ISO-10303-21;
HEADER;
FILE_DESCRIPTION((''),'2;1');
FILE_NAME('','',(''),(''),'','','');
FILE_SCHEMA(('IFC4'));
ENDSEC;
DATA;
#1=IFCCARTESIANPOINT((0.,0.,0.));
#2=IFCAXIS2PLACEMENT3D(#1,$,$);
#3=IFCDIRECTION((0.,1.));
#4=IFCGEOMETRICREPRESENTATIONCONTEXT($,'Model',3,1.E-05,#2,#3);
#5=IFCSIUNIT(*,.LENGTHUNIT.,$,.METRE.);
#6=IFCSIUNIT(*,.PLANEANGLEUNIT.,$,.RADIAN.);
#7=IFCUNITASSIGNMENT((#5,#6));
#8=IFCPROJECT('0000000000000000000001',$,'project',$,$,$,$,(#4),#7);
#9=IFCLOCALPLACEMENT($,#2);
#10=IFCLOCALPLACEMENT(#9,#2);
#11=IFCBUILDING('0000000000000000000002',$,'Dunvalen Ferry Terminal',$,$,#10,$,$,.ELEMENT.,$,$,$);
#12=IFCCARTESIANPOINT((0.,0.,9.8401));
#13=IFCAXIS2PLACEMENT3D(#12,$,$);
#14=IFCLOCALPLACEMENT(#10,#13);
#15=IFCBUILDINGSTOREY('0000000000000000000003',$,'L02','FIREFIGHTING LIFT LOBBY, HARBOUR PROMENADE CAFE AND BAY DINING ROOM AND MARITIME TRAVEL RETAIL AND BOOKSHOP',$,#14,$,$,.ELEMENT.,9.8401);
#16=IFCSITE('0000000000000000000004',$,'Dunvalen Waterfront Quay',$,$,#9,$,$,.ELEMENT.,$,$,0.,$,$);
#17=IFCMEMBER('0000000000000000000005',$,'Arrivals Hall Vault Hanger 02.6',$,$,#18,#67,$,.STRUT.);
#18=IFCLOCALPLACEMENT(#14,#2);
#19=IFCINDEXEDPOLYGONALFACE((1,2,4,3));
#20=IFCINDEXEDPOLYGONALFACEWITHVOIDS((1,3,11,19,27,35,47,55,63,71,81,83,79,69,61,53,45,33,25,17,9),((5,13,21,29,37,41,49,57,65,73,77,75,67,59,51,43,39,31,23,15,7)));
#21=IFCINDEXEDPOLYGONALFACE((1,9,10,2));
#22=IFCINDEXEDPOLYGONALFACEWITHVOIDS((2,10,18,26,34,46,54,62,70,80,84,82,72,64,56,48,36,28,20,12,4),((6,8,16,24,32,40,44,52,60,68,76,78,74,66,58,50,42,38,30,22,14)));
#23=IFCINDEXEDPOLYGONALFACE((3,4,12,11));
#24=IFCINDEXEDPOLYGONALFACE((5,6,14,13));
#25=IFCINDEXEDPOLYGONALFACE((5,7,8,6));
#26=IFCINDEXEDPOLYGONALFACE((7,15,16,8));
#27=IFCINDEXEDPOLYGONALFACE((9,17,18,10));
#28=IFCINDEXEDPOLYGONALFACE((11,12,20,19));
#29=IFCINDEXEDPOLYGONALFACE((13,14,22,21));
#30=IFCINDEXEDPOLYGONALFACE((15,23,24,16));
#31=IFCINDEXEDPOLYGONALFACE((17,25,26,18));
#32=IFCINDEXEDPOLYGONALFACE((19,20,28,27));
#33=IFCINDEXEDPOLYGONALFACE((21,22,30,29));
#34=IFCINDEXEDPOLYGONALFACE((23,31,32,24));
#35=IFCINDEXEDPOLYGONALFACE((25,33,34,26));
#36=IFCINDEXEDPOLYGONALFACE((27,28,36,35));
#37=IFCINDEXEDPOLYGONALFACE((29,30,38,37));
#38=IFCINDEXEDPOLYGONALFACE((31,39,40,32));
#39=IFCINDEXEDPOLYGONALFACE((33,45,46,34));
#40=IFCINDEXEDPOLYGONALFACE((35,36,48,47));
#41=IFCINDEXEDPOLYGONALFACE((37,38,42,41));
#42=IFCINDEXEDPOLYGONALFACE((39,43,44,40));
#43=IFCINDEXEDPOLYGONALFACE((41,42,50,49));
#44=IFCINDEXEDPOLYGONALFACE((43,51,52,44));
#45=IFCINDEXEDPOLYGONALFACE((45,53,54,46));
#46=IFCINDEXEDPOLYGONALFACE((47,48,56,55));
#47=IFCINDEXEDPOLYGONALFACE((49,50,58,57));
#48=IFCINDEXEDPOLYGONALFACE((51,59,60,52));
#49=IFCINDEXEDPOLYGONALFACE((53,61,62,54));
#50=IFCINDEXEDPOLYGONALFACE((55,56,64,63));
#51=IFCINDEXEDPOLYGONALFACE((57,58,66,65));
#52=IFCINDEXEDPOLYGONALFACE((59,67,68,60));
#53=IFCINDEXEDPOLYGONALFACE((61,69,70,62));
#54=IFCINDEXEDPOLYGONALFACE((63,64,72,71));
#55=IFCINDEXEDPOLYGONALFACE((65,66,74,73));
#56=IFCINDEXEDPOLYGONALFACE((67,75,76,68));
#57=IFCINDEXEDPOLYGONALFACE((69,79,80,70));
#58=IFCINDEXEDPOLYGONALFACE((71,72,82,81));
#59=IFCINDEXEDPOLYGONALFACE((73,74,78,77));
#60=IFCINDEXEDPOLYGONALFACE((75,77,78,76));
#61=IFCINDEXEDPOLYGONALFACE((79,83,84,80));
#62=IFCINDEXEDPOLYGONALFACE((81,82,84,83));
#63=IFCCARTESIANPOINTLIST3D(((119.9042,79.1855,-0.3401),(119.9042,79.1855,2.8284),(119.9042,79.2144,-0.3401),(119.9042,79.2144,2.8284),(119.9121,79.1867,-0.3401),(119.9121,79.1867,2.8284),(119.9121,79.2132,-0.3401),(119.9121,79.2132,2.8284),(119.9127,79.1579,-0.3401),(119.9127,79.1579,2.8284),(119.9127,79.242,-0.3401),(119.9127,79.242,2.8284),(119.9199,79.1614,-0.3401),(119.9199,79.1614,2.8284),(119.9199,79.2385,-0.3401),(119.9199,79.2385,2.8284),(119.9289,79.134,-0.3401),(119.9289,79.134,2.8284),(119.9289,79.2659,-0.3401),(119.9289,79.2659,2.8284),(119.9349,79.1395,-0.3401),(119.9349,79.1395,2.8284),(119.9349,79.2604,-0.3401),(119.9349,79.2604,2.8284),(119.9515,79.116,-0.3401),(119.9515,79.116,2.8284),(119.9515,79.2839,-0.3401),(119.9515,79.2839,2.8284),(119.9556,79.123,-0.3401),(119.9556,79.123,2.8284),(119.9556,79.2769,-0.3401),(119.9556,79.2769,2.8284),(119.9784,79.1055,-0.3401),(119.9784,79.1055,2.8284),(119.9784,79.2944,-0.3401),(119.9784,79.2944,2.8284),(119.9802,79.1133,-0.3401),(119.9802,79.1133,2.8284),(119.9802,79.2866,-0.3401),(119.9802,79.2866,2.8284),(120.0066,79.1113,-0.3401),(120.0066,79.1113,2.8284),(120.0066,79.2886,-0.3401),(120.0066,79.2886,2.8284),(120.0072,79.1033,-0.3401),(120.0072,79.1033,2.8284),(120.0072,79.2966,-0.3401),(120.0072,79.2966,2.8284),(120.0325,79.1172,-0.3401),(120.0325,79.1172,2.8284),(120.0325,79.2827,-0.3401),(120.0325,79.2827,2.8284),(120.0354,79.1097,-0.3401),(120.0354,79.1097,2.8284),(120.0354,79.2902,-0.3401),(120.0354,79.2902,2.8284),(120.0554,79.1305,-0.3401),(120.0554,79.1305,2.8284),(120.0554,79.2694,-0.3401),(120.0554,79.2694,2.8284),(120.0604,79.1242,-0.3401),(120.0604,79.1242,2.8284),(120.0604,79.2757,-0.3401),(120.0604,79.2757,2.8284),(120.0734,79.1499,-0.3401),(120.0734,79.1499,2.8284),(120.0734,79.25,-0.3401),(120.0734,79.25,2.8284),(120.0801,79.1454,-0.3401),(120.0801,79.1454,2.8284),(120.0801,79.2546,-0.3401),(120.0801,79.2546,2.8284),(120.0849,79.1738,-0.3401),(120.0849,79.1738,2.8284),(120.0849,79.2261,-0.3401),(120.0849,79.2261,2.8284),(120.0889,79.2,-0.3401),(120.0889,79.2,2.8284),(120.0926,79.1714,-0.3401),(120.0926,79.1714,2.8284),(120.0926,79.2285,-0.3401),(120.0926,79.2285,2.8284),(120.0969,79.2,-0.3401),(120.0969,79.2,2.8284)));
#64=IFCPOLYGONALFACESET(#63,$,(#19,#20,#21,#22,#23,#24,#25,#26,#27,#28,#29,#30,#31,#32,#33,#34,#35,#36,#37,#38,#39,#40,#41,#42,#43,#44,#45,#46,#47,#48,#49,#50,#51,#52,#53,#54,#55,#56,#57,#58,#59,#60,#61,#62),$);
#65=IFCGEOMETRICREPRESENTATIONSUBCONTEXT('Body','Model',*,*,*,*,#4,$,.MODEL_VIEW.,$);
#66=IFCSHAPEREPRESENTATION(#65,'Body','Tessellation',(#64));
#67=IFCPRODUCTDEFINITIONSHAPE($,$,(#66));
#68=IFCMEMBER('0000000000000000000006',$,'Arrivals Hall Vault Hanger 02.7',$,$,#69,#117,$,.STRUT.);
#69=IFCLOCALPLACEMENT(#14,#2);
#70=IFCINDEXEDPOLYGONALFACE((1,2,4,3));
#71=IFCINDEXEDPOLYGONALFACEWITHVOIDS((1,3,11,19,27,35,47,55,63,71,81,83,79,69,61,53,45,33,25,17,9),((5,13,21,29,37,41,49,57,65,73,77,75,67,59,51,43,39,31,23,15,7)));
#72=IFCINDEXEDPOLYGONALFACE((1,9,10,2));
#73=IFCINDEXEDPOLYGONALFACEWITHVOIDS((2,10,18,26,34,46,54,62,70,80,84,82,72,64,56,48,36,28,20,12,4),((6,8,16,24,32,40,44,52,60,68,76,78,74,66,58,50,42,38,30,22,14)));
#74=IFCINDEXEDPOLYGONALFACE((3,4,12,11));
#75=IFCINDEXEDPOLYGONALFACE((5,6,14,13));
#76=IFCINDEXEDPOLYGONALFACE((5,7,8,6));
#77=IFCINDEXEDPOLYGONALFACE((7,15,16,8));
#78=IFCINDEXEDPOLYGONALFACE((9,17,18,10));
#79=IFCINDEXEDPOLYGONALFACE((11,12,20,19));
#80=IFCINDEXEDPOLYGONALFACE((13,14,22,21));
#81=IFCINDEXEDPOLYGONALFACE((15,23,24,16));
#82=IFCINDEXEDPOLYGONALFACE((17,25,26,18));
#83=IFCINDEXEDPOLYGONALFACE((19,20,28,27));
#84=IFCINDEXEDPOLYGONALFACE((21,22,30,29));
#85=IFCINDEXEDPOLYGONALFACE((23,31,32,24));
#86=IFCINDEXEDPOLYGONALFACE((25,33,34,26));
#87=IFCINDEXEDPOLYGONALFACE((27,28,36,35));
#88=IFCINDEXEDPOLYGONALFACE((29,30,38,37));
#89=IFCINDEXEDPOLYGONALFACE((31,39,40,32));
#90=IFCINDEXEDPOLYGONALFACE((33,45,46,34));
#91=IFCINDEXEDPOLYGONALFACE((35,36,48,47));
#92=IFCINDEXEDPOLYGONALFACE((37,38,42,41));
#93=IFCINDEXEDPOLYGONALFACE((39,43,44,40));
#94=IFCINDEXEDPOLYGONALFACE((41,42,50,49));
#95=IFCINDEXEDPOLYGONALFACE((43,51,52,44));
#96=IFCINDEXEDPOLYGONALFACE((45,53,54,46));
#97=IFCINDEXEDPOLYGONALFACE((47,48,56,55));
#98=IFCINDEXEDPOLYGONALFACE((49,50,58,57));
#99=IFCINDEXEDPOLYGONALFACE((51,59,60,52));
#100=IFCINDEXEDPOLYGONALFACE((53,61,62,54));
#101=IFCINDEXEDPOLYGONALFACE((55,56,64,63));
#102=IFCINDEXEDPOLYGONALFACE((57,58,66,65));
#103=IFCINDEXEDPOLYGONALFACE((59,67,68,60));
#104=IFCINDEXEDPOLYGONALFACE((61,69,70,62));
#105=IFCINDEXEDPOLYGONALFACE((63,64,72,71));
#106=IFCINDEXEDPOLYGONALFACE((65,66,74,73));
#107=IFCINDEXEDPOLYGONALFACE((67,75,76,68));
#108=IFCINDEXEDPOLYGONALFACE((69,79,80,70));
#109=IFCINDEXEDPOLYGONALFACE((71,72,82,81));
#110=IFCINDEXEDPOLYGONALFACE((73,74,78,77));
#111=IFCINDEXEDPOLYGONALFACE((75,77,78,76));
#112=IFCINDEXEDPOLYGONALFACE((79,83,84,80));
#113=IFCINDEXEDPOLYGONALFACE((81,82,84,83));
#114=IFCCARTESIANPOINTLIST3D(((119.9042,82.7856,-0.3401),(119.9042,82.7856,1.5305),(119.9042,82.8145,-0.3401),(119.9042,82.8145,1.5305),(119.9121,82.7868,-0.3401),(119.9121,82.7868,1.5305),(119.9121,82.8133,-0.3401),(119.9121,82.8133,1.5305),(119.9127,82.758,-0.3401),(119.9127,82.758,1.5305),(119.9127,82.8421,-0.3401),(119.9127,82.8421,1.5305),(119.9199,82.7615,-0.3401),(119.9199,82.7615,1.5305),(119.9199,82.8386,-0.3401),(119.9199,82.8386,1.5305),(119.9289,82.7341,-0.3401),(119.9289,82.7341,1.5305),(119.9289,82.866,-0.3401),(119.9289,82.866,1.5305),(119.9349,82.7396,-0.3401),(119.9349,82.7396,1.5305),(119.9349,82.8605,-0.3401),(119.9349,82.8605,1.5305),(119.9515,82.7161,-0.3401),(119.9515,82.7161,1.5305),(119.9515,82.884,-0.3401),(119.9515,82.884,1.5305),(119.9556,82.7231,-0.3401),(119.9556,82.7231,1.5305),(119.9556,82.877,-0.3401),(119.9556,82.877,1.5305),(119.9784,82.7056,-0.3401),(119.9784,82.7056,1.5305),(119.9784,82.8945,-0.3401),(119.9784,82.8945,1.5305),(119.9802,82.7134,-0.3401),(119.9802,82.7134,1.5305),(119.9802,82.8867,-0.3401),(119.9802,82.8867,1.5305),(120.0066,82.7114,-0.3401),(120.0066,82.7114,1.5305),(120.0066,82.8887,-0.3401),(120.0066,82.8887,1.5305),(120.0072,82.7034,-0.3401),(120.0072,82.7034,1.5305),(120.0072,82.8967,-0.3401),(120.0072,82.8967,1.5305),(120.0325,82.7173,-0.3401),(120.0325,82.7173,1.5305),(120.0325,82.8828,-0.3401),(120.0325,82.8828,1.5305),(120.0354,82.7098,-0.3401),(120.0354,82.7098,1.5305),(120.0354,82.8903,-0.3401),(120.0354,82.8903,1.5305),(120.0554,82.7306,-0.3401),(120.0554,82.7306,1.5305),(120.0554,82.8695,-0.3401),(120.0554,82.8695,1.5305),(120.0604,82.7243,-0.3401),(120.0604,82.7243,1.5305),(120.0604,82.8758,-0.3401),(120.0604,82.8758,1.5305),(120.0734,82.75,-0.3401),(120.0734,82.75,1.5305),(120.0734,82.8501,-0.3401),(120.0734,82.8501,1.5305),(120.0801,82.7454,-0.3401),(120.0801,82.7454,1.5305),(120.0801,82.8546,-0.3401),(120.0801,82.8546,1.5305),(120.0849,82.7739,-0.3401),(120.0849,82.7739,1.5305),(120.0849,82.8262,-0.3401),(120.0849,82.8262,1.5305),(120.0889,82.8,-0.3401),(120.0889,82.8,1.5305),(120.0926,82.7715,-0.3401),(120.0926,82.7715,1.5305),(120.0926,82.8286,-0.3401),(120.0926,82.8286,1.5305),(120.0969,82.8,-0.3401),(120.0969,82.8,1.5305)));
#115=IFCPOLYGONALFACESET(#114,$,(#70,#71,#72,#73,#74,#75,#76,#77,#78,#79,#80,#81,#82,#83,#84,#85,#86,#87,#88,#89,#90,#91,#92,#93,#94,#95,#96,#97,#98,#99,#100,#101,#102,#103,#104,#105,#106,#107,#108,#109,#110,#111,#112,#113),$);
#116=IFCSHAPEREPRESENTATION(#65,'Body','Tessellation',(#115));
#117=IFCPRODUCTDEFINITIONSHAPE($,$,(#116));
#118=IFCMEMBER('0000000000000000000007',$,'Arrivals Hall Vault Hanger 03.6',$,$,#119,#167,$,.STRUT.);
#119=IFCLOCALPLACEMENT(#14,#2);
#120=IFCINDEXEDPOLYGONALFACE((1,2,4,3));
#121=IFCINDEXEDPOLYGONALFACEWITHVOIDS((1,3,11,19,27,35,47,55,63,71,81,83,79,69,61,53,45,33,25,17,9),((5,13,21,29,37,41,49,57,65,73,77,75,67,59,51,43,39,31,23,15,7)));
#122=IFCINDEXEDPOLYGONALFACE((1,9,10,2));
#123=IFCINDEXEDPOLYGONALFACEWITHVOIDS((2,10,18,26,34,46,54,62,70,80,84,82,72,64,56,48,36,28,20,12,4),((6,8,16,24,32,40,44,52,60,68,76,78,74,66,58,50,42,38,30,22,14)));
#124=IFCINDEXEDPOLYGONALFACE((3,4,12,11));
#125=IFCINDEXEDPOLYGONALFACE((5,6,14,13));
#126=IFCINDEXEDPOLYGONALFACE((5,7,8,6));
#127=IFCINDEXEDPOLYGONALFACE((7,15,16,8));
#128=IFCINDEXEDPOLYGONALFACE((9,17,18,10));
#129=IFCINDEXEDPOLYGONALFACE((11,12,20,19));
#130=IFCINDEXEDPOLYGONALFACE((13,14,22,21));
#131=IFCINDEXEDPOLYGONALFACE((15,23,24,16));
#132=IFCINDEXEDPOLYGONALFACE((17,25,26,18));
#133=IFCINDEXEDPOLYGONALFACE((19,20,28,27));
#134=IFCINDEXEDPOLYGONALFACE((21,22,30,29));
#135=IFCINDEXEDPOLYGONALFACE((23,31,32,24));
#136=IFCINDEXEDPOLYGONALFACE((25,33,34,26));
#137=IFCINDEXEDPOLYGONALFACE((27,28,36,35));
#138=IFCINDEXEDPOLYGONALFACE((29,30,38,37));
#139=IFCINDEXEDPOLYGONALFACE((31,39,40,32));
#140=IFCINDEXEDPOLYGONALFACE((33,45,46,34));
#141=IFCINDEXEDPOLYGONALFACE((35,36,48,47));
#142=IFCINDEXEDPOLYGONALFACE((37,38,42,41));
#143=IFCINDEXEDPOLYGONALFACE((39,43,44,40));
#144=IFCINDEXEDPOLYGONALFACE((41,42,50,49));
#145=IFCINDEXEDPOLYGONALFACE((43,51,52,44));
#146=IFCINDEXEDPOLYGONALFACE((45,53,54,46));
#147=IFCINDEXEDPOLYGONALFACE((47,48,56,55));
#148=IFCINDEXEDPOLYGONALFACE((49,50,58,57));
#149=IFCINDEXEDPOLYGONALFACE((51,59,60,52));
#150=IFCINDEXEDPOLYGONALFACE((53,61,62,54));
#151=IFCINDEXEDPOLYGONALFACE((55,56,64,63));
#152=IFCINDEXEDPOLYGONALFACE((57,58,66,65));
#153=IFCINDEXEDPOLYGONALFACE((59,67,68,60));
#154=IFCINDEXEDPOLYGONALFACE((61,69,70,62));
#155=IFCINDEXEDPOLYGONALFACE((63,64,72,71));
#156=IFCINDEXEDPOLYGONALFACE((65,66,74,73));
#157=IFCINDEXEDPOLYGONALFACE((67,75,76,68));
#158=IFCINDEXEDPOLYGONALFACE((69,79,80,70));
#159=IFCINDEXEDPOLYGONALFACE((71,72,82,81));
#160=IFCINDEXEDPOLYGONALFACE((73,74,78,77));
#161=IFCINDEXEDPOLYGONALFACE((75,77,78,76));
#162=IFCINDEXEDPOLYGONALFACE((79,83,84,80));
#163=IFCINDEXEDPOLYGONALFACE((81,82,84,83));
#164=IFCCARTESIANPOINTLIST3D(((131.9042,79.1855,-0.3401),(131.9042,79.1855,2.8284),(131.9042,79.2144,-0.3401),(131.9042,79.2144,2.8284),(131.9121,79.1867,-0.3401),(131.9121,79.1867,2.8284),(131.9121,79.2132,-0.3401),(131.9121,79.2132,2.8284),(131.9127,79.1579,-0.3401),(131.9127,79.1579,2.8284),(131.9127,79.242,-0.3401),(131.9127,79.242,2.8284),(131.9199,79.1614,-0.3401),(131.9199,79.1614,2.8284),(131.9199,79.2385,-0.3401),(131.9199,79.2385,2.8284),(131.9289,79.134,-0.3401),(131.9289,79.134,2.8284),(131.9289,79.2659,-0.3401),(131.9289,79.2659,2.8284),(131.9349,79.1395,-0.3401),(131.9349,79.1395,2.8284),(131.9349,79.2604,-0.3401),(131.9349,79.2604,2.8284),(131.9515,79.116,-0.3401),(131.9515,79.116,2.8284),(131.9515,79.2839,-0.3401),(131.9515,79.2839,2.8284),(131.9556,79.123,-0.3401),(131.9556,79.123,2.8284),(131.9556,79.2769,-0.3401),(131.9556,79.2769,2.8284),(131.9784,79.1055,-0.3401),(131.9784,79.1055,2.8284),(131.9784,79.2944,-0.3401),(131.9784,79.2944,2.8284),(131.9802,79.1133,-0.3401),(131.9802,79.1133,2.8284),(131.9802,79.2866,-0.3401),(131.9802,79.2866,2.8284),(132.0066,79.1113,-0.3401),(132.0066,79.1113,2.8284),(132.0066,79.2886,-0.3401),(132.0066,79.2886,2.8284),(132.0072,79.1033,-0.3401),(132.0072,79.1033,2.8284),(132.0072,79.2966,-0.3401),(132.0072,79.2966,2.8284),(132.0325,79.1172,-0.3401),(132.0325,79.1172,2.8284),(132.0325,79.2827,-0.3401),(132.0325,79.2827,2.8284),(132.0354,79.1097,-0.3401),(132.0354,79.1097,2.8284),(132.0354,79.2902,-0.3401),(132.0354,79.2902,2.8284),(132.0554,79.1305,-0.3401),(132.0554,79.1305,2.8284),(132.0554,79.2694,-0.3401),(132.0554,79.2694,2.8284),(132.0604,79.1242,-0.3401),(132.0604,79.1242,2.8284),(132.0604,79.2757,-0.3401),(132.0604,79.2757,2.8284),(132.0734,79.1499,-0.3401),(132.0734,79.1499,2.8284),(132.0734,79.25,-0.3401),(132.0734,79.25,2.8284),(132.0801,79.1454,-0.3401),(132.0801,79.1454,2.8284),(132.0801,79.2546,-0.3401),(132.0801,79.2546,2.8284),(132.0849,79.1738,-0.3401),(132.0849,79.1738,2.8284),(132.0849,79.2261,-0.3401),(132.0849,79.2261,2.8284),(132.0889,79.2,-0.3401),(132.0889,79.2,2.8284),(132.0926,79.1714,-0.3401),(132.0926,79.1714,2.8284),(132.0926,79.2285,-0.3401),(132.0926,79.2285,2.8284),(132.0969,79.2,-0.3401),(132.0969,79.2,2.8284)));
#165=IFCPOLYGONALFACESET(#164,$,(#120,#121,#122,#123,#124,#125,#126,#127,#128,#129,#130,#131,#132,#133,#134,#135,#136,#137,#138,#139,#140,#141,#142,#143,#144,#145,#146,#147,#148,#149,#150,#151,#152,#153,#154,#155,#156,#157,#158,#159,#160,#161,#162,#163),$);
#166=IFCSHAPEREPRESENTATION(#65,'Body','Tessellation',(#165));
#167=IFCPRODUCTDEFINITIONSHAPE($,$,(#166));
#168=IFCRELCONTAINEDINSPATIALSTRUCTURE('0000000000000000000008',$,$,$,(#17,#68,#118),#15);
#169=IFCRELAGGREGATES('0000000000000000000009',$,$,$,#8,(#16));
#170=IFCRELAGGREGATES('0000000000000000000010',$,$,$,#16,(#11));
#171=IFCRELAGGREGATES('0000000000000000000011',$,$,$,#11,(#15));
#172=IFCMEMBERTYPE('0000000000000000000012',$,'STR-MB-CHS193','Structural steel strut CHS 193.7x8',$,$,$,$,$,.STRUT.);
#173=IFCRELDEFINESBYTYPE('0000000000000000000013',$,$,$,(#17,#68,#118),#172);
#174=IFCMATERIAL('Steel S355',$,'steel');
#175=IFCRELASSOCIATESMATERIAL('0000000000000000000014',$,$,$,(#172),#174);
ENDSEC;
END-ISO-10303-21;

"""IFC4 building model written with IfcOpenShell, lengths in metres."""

from ifc_helpers import new_model, si_unit, direction, frame, origin, origin_2d, place, context, subcontext, project, spatial, hollow_circle, extrude, material, material_profile, profile_set, type_object, element, save


model = new_model("IFC4")

# Units and contexts
model_context = context("Model", 3, precision=1e-05, world=origin(), true_north=direction((0.0, 1.0)))
body_context = subcontext(model_context, "Body", "Model", "MODEL_VIEW")
ifc_project = project(units=[si_unit("LENGTHUNIT", "METRE"), si_unit("PLANEANGLEUNIT", "RADIAN")], contexts=[model_context])

# Site, building, storey
site_placement = place(None, origin())
site = spatial("IfcSite", under=ifc_project, at=site_placement, Name="Dunvalen Waterfront Quay", CompositionType="ELEMENT", RefElevation=0.0)
building_placement = place(site_placement, origin())
building = spatial("IfcBuilding", under=site, at=building_placement, Name="Dunvalen Ferry Terminal", CompositionType="ELEMENT")
storey_placement = place(building_placement, frame((0.0, 0.0, 9.8401)))
storey = spatial("IfcBuildingStorey", under=building, at=storey_placement, Name="L02", Description="FIREFIGHTING LIFT LOBBY, HARBOUR PROMENADE CAFE AND BAY DINING ROOM AND MARITIME TRAVEL RETAIL AND BOOKSHOP", CompositionType="ELEMENT", Elevation=9.8401)

# Shared definitions
ifc_material_1 = material(Name="Steel S355", Category="steel")

# Members
ifc_material_profile_1 = material_profile(ifc_material_1, hollow_circle(Radius=0.0969, WallThickness=0.0081, at=origin_2d()), Name="Steel S355")
ifc_profile_set_1 = profile_set([ifc_material_profile_1], Name="Steel S355")
member_type_1 = type_object("IfcMemberType", Name="STR-MB-CHS193", Description="Structural steel strut CHS 193.7x8", PredefinedType="STRUT", material=ifc_profile_set_1)
member_1_placement = place(storey_placement, frame((120.0, 79.2, -0.3401), z_axis=(0.0, 0.0, 1.0), x_axis=(1.0, 0.0, 0.0)))
element("IfcMember", 1, at=member_1_placement, inside=storey, type_object=member_type_1, Name="Arrivals Hall Vault Hanger 02.6", PredefinedType="STRUT", context=body_context, shape_type="SweptSolid", body=[
    extrude(hollow_circle(Radius=0.0969, WallThickness=0.0081, at=origin_2d()), origin(), (0.0, 0.0, 1.0), 3.1685),
])
member_2_placement = place(storey_placement, frame((120.0, 82.8, -0.3401), z_axis=(0.0, 0.0, 1.0), x_axis=(1.0, 0.0, 0.0)))
element("IfcMember", 2, at=member_2_placement, inside=storey, type_object=member_type_1, Name="Arrivals Hall Vault Hanger 02.7", PredefinedType="STRUT", context=body_context, shape_type="SweptSolid", body=[
    extrude(hollow_circle(Radius=0.0969, WallThickness=0.0081, at=origin_2d()), origin(), (0.0, 0.0, 1.0), 1.8706),
])
member_3_placement = place(storey_placement, frame((132.0, 79.2, -0.3401), z_axis=(0.0, 0.0, 1.0), x_axis=(1.0, 0.0, 0.0)))
element("IfcMember", 3, at=member_3_placement, inside=storey, type_object=member_type_1, Name="Arrivals Hall Vault Hanger 03.6", PredefinedType="STRUT", context=body_context, shape_type="SweptSolid", body=[
    extrude(hollow_circle(Radius=0.0969, WallThickness=0.0081, at=origin_2d()), origin(), (0.0, 0.0, 1.0), 3.1685),
])

save(model, "model.ifc")
